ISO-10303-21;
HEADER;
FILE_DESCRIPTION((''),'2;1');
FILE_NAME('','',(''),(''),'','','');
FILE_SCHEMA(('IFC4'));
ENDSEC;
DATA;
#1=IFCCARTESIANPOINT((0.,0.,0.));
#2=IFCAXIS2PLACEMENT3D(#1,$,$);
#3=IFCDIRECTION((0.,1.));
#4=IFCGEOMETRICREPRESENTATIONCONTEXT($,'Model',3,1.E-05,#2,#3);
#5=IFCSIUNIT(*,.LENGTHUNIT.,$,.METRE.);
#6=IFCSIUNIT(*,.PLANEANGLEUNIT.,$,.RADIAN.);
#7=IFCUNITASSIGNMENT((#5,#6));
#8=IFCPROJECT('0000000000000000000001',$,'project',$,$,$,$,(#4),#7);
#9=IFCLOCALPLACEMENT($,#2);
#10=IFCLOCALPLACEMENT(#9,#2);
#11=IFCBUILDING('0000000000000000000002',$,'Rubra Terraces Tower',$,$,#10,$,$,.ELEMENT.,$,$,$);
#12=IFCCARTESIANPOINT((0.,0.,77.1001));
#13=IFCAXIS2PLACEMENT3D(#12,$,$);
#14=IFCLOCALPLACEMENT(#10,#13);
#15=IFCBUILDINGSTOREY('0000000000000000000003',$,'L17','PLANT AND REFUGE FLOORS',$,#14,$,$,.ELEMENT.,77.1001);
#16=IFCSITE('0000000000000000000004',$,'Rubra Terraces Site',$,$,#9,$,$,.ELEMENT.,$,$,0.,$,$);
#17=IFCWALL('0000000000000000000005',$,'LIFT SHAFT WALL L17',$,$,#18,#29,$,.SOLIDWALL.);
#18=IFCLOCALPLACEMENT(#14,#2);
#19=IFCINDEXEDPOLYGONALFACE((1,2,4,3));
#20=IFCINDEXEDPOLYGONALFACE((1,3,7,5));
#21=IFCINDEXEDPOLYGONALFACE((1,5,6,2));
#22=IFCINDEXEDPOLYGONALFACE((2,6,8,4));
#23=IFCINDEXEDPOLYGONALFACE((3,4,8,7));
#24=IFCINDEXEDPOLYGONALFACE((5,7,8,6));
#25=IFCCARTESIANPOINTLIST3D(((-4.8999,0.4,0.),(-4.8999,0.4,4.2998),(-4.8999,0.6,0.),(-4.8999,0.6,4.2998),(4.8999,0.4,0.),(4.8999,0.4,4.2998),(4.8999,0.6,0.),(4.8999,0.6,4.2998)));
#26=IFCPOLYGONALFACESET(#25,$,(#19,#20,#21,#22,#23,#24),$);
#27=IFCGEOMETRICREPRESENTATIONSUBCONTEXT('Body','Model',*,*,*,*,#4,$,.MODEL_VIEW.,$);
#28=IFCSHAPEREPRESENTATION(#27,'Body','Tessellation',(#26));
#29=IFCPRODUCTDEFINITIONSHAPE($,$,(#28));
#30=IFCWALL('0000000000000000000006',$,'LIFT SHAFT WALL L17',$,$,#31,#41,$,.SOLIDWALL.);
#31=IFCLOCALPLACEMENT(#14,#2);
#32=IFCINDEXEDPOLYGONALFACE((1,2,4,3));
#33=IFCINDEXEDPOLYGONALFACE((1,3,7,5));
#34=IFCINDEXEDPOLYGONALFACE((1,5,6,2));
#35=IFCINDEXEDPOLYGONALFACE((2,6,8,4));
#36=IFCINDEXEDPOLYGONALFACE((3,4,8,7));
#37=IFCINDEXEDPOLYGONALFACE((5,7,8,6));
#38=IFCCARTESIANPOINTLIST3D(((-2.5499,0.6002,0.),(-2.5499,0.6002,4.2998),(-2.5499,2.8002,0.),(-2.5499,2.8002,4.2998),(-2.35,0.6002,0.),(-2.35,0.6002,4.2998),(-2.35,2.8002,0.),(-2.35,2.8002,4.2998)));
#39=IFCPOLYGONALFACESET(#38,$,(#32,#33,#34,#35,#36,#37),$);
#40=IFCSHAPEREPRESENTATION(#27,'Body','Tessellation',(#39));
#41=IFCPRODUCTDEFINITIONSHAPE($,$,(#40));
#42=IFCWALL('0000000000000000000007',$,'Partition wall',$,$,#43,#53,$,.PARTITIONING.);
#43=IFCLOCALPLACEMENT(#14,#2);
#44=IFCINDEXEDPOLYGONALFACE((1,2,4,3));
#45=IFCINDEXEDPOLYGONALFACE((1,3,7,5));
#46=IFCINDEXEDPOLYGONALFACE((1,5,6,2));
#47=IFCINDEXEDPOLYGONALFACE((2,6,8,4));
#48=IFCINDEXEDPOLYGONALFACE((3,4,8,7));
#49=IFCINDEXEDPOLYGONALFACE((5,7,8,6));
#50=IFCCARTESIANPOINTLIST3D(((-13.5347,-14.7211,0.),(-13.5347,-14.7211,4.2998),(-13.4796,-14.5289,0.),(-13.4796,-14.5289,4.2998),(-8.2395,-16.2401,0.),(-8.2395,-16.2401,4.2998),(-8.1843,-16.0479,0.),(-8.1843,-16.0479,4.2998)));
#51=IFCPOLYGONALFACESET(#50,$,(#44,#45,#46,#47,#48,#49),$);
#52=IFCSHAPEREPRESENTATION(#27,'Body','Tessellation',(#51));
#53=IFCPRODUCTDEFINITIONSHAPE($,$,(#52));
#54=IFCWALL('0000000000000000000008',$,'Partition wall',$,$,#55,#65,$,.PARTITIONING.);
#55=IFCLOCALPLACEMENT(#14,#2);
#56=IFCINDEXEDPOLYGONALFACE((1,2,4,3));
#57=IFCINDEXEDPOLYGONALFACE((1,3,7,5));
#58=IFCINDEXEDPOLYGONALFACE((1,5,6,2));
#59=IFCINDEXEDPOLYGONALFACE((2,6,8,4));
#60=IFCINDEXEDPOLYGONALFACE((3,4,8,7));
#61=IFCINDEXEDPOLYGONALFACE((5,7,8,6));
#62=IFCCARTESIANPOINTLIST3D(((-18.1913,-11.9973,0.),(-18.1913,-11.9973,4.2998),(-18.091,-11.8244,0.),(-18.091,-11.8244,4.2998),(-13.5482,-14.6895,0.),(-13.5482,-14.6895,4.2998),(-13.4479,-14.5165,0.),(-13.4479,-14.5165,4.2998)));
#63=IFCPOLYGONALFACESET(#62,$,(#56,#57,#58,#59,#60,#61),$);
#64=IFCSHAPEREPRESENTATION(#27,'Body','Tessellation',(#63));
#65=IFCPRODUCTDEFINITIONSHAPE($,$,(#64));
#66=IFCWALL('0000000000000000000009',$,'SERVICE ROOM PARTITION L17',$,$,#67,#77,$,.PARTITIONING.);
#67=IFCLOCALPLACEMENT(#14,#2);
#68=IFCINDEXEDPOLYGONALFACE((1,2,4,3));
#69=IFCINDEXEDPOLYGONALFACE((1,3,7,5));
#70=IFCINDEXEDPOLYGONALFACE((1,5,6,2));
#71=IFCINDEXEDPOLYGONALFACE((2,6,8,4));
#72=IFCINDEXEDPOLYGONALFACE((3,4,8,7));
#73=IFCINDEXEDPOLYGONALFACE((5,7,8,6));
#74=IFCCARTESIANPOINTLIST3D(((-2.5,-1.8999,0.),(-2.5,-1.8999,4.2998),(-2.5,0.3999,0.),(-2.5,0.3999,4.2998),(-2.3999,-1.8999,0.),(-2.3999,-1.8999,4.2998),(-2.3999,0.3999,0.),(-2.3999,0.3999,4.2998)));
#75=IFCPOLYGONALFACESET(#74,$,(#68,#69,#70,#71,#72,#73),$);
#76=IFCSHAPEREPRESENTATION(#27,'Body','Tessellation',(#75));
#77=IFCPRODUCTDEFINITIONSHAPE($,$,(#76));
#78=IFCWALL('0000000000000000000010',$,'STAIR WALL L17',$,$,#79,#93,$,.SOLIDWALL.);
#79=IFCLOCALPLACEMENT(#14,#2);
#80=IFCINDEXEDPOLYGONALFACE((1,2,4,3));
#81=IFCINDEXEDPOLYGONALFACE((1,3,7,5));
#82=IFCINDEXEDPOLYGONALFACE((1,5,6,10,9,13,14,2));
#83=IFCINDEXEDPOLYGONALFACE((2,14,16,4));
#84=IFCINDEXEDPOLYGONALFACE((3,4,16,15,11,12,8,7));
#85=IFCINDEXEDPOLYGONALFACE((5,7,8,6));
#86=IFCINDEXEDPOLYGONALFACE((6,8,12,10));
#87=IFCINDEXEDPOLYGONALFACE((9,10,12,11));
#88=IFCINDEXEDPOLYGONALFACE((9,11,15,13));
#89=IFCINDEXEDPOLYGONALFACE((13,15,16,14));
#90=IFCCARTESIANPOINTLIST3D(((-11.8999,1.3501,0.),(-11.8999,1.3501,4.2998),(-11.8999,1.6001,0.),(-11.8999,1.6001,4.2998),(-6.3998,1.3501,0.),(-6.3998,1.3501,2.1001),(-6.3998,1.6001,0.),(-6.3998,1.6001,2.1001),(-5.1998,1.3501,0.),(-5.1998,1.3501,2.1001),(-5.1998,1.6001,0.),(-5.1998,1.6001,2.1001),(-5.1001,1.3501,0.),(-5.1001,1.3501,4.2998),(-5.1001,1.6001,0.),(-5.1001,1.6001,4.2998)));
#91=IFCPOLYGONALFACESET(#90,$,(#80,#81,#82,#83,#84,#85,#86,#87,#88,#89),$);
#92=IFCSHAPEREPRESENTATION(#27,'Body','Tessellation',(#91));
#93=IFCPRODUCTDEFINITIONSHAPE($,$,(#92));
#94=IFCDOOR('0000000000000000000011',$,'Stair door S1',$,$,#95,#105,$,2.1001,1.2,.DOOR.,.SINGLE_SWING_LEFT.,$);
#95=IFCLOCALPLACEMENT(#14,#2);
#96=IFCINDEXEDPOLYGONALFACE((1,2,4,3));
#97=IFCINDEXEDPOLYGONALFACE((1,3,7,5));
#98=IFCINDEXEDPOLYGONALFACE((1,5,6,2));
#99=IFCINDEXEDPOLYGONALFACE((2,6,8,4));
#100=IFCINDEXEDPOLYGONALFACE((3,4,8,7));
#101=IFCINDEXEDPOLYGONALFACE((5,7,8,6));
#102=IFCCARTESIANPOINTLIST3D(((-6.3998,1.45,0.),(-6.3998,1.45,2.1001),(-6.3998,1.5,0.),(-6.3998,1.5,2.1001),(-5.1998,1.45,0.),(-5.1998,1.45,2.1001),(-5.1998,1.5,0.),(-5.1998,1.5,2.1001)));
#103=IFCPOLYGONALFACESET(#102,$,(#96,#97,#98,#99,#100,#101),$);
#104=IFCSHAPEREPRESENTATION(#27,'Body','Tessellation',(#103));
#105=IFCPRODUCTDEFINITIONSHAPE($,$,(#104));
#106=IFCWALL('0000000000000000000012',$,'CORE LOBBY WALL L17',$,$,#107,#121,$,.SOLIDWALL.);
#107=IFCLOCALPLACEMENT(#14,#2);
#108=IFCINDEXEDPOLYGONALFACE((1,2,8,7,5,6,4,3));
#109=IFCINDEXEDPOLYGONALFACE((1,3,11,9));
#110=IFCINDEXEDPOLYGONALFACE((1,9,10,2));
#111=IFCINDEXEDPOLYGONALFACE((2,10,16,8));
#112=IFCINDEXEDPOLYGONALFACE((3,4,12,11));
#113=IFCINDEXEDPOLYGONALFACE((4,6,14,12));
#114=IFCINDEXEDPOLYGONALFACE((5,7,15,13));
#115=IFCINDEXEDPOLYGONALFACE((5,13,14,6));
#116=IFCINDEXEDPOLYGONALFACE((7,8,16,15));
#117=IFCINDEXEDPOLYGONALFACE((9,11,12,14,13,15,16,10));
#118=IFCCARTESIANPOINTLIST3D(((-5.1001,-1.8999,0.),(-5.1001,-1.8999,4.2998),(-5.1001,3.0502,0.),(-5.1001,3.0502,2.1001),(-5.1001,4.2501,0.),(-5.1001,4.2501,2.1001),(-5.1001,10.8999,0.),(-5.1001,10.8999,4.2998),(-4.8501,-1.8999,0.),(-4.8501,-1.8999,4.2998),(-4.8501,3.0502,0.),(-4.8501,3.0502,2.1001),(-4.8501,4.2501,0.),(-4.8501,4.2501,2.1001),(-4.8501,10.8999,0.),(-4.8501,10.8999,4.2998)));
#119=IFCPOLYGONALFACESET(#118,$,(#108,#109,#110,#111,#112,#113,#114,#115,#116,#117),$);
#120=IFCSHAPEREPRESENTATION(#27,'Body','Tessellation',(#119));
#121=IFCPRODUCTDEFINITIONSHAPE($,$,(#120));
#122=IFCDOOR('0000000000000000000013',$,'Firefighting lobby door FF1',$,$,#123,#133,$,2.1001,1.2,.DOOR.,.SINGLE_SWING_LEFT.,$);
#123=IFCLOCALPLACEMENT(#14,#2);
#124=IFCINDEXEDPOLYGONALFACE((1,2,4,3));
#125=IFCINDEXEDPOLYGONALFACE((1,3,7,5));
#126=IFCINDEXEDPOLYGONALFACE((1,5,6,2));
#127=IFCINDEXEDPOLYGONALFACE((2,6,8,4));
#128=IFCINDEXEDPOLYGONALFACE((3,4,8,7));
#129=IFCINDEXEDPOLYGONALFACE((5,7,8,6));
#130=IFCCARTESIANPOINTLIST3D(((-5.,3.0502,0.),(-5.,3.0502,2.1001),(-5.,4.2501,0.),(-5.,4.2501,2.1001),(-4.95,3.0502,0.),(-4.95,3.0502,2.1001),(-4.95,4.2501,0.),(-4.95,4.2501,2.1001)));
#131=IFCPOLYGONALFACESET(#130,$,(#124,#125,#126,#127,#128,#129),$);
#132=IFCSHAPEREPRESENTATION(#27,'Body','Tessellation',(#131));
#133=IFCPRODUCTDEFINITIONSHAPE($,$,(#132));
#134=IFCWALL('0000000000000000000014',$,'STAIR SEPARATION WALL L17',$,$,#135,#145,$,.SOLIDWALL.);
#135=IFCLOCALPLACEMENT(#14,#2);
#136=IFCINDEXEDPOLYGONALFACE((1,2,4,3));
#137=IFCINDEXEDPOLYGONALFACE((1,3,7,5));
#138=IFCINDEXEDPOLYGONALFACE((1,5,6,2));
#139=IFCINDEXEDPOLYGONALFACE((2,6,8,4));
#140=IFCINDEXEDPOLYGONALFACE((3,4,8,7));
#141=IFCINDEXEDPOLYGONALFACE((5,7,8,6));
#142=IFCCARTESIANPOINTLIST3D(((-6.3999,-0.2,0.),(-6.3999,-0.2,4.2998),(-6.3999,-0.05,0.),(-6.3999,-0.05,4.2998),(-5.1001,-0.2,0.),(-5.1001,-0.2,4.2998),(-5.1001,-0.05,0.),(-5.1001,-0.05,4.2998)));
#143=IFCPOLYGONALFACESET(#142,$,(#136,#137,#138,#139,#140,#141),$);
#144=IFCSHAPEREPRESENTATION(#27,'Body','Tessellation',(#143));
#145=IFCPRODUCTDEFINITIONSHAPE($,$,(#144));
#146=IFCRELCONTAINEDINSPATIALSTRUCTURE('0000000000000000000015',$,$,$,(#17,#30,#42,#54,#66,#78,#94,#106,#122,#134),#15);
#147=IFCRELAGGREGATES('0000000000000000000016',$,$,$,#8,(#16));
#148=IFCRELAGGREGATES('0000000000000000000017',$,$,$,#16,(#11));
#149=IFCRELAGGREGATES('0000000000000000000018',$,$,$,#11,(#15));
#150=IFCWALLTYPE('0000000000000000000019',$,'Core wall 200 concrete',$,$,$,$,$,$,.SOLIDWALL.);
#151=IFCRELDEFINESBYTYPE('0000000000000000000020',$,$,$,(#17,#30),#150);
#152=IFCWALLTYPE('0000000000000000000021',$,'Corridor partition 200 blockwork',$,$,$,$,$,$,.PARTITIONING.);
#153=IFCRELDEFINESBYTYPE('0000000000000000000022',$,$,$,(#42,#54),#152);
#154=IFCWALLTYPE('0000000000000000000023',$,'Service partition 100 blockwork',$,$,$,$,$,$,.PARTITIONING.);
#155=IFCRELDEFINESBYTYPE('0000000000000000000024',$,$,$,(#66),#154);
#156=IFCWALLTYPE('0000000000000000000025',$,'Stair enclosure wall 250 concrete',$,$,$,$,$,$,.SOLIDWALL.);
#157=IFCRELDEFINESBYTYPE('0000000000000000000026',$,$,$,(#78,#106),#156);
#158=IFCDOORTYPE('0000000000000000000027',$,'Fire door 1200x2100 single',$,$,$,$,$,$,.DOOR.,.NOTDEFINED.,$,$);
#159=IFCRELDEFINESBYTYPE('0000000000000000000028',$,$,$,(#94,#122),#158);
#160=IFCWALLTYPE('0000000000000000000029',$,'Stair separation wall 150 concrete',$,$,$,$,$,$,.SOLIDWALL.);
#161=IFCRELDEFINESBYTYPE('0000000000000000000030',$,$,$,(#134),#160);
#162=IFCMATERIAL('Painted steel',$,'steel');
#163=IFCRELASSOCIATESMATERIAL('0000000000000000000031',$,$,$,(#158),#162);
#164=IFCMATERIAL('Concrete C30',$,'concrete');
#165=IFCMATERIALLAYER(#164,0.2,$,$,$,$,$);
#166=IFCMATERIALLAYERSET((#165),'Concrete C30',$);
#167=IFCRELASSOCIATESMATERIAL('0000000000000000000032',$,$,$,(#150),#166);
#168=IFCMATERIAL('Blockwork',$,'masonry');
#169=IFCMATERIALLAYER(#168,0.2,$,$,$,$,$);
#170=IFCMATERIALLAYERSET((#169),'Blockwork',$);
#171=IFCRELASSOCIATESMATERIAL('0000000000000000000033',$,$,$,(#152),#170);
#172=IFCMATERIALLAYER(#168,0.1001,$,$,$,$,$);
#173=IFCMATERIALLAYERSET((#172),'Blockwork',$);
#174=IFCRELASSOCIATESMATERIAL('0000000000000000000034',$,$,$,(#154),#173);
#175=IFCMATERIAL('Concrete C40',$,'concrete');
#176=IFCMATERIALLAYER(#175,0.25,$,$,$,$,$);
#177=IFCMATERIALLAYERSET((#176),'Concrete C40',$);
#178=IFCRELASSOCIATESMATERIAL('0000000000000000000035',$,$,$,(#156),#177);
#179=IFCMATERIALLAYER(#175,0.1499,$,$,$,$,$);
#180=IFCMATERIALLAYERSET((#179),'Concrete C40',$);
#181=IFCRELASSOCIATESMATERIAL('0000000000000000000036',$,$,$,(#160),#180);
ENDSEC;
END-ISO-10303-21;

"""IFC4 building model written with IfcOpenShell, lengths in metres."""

from ifc_helpers import new_model, si_unit, direction, frame, frame_2d, origin, place, context, subcontext, project, spatial, rectangle, extrude, material, layer, layer_set, type_object, element, fill, save


model = new_model("IFC4")

# Units and contexts
model_context = context("Model", 3, precision=1e-05, world=origin(), true_north=direction((0.0, 1.0)))
body_context = subcontext(model_context, "Body", "Model", "MODEL_VIEW")
ifc_project = project(units=[si_unit("LENGTHUNIT", "METRE"), si_unit("PLANEANGLEUNIT", "RADIAN")], contexts=[model_context])

# Site, building, storey
site_placement = place(None, origin())
site = spatial("IfcSite", under=ifc_project, at=site_placement, Name="Rubra Terraces Site", CompositionType="ELEMENT", RefElevation=0.0)
building_placement = place(site_placement, origin())
building = spatial("IfcBuilding", under=site, at=building_placement, Name="Rubra Terraces Tower", CompositionType="ELEMENT")
storey_placement = place(building_placement, frame((0.0, 0.0, 77.1001)))
storey = spatial("IfcBuildingStorey", under=building, at=storey_placement, Name="L17", Description="PLANT AND REFUGE FLOORS", CompositionType="ELEMENT", Elevation=77.1001)

# Shared definitions
ifc_material_1 = material(Name="Concrete C40", Category="concrete")

# Shared definitions
ifc_material_2 = material(Name="Painted steel", Category="steel")
door_type_1 = type_object("IfcDoorType", Name="Fire door 1200x2100 single", OperationType="NOTDEFINED", PredefinedType="DOOR", material=ifc_material_2)

# Walls
ifc_material_3 = material(Name="Concrete C30", Category="concrete")
ifc_layer_1 = layer(ifc_material_3, 0.2)
ifc_layer_set_1 = layer_set([ifc_layer_1], Name="Concrete C30")
wall_type_1 = type_object("IfcWallType", Name="Core wall 200 concrete", PredefinedType="SOLIDWALL", material=ifc_layer_set_1)
wall_1_placement = place(storey_placement, frame((-4.8999, 0.5, 0.0), z_axis=(0.0, 0.0, 1.0), x_axis=(1.0, 0.0, 0.0)))
element("IfcWall", 1, at=wall_1_placement, inside=storey, type_object=wall_type_1, Name="LIFT SHAFT WALL L17", PredefinedType="SOLIDWALL", context=body_context, shape_type="SweptSolid", body=[
    extrude(rectangle(XDim=9.7998, YDim=0.2, at=frame_2d((4.8999, 0.0))), origin(), (0.0, 0.0, 1.0), 4.2998),
])
wall_2_placement = place(storey_placement, frame((-2.45, 0.6001, 0.0), z_axis=(0.0, 0.0, 1.0), x_axis=(0.0, 1.0, 0.0)))
element("IfcWall", 2, at=wall_2_placement, inside=storey, type_object=wall_type_1, Name="LIFT SHAFT WALL L17", PredefinedType="SOLIDWALL", context=body_context, shape_type="SweptSolid", body=[
    extrude(rectangle(XDim=2.2, YDim=0.2, at=frame_2d((1.1001, 0.0))), origin(), (0.0, 0.0, 1.0), 4.2998),
])
ifc_material_4 = material(Name="Blockwork", Category="masonry")
ifc_layer_2 = layer(ifc_material_4, 0.2)
ifc_layer_set_2 = layer_set([ifc_layer_2], Name="Blockwork")
wall_type_2 = type_object("IfcWallType", Name="Corridor partition 200 blockwork", PredefinedType="PARTITIONING", material=ifc_layer_set_2)
wall_3_placement = place(storey_placement, frame((-8.2119, -16.144, 0.0), z_axis=(0.0, 0.0, 1.0), x_axis=(-0.961229, 0.275751, 0.0)))
element("IfcWall", 3, at=wall_3_placement, inside=storey, type_object=wall_type_2, Name="Partition wall", PredefinedType="PARTITIONING", context=body_context, shape_type="SweptSolid", body=[
    extrude(rectangle(XDim=5.5088, YDim=0.2, at=frame_2d((2.7544, 0.0))), origin(), (0.0, 0.0, 1.0), 4.2998),
])
wall_4_placement = place(storey_placement, frame((-13.498, -14.603, 0.0), z_axis=(0.0, 0.0, 1.0), x_axis=(-0.865099, 0.501601, 0.0)))
element("IfcWall", 4, at=wall_4_placement, inside=storey, type_object=wall_type_2, Name="Partition wall", PredefinedType="PARTITIONING", context=body_context, shape_type="SweptSolid", body=[
    extrude(rectangle(XDim=5.3672, YDim=0.2, at=frame_2d((2.6836, 0.0))), origin(), (0.0, 0.0, 1.0), 4.2998),
])
ifc_layer_3 = layer(ifc_material_4, 0.1001)
ifc_layer_set_3 = layer_set([ifc_layer_3], Name="Blockwork")
wall_type_3 = type_object("IfcWallType", Name="Service partition 100 blockwork", PredefinedType="PARTITIONING", material=ifc_layer_set_3)
wall_5_placement = place(storey_placement, frame((-2.45, -1.8999, 0.0), z_axis=(0.0, 0.0, 1.0), x_axis=(0.0, 1.0, 0.0)))
element("IfcWall", 5, at=wall_5_placement, inside=storey, type_object=wall_type_3, Name="SERVICE ROOM PARTITION L17", PredefinedType="PARTITIONING", context=body_context, shape_type="SweptSolid", body=[
    extrude(rectangle(XDim=2.2998, YDim=0.1001, at=frame_2d((1.1499, 0.0))), origin(), (0.0, 0.0, 1.0), 4.2998),
])

# Walls, openings, doors
ifc_layer_4 = layer(ifc_material_1, 0.25)
ifc_layer_set_4 = layer_set([ifc_layer_4], Name="Concrete C40")
wall_type_4 = type_object("IfcWallType", Name="Stair enclosure wall 250 concrete", PredefinedType="SOLIDWALL", material=ifc_layer_set_4)
wall_6_placement = place(storey_placement, frame((-11.8999, 1.4751, 0.0), z_axis=(0.0, 0.0, 1.0), x_axis=(1.0, 0.0, 0.0)))
wall_6 = element("IfcWall", 6, at=wall_6_placement, inside=storey, type_object=wall_type_4, Name="STAIR WALL L17", PredefinedType="SOLIDWALL", context=body_context, shape_type="SweptSolid", body=[
    extrude(rectangle(XDim=6.7998, YDim=0.25, at=frame_2d((3.3999, 0.0))), origin(), (0.0, 0.0, 1.0), 4.2998),
])
opening_1_placement = place(wall_6_placement, frame((5.5, 0.0, 0.0)))
opening_1 = element("IfcOpeningElement", 7, at=opening_1_placement, cuts=wall_6, PredefinedType="OPENING", context=body_context, shape_type="SweptSolid", body=[
    extrude(rectangle(XDim=1.2, YDim=2.1001, at=frame_2d((0.6001, 1.05))), frame((0.0, 0.135, 0.0), z_axis=(0.0, -1.0, 0.0), x_axis=(1.0, 0.0, 0.0)), (0.0, 0.0, 1.0), 0.27),
])
door_1_placement = place(opening_1_placement, origin())
door_1 = element("IfcDoor", 8, at=door_1_placement, inside=storey, type_object=door_type_1, Name="Stair door S1", OperationType="SINGLE_SWING_LEFT", OverallHeight=2.1001, OverallWidth=1.2, PredefinedType="DOOR", context=body_context, shape_type="SweptSolid", body=[
    extrude(rectangle(XDim=1.2, YDim=2.1001, at=frame_2d((0.6001, 1.05))), frame((0.0, 0.0249, 0.0), z_axis=(0.0, -1.0, 0.0), x_axis=(1.0, 0.0, 0.0)), (0.0, 0.0, 1.0), 0.05),
])
fill(opening_1, door_1)
wall_7_placement = place(storey_placement, frame((-4.9751, -1.8999, 0.0), z_axis=(0.0, 0.0, 1.0), x_axis=(0.0, 1.0, 0.0)))
wall_7 = element("IfcWall", 9, at=wall_7_placement, inside=storey, type_object=wall_type_4, Name="CORE LOBBY WALL L17", PredefinedType="SOLIDWALL", context=body_context, shape_type="SweptSolid", body=[
    extrude(rectangle(XDim=12.7998, YDim=0.25, at=frame_2d((6.3999, 0.0))), origin(), (0.0, 0.0, 1.0), 4.2998),
])
opening_2_placement = place(wall_7_placement, frame((4.95, 0.0, 0.0)))
opening_2 = element("IfcOpeningElement", 10, at=opening_2_placement, cuts=wall_7, PredefinedType="OPENING", context=body_context, shape_type="SweptSolid", body=[
    extrude(rectangle(XDim=1.2, YDim=2.1001, at=frame_2d((0.6001, 1.05))), frame((0.0, 0.135, 0.0), z_axis=(0.0, -1.0, 0.0), x_axis=(1.0, 0.0, 0.0)), (0.0, 0.0, 1.0), 0.27),
])
door_2_placement = place(opening_2_placement, origin())
door_2 = element("IfcDoor", 11, at=door_2_placement, inside=storey, type_object=door_type_1, Name="Firefighting lobby door FF1", OperationType="SINGLE_SWING_LEFT", OverallHeight=2.1001, OverallWidth=1.2, PredefinedType="DOOR", context=body_context, shape_type="SweptSolid", body=[
    extrude(rectangle(XDim=1.2, YDim=2.1001, at=frame_2d((0.6001, 1.05))), frame((0.0, 0.0249, 0.0), z_axis=(0.0, -1.0, 0.0), x_axis=(1.0, 0.0, 0.0)), (0.0, 0.0, 1.0), 0.05),
])
fill(opening_2, door_2)

# Wall
ifc_layer_5 = layer(ifc_material_1, 0.1499)
ifc_layer_set_5 = layer_set([ifc_layer_5], Name="Concrete C40")
wall_type_5 = type_object("IfcWallType", Name="Stair separation wall 150 concrete", PredefinedType="SOLIDWALL", material=ifc_layer_set_5)
wall_8_placement = place(storey_placement, frame((-6.3999, -0.125, 0.0), z_axis=(0.0, 0.0, 1.0), x_axis=(1.0, 0.0, 0.0)))
element("IfcWall", 12, at=wall_8_placement, inside=storey, type_object=wall_type_5, Name="STAIR SEPARATION WALL L17", PredefinedType="SOLIDWALL", context=body_context, shape_type="SweptSolid", body=[
    extrude(rectangle(XDim=1.2998, YDim=0.1499, at=frame_2d((0.6499, 0.0))), origin(), (0.0, 0.0, 1.0), 4.2998),
])

save(model, "model.ifc")
